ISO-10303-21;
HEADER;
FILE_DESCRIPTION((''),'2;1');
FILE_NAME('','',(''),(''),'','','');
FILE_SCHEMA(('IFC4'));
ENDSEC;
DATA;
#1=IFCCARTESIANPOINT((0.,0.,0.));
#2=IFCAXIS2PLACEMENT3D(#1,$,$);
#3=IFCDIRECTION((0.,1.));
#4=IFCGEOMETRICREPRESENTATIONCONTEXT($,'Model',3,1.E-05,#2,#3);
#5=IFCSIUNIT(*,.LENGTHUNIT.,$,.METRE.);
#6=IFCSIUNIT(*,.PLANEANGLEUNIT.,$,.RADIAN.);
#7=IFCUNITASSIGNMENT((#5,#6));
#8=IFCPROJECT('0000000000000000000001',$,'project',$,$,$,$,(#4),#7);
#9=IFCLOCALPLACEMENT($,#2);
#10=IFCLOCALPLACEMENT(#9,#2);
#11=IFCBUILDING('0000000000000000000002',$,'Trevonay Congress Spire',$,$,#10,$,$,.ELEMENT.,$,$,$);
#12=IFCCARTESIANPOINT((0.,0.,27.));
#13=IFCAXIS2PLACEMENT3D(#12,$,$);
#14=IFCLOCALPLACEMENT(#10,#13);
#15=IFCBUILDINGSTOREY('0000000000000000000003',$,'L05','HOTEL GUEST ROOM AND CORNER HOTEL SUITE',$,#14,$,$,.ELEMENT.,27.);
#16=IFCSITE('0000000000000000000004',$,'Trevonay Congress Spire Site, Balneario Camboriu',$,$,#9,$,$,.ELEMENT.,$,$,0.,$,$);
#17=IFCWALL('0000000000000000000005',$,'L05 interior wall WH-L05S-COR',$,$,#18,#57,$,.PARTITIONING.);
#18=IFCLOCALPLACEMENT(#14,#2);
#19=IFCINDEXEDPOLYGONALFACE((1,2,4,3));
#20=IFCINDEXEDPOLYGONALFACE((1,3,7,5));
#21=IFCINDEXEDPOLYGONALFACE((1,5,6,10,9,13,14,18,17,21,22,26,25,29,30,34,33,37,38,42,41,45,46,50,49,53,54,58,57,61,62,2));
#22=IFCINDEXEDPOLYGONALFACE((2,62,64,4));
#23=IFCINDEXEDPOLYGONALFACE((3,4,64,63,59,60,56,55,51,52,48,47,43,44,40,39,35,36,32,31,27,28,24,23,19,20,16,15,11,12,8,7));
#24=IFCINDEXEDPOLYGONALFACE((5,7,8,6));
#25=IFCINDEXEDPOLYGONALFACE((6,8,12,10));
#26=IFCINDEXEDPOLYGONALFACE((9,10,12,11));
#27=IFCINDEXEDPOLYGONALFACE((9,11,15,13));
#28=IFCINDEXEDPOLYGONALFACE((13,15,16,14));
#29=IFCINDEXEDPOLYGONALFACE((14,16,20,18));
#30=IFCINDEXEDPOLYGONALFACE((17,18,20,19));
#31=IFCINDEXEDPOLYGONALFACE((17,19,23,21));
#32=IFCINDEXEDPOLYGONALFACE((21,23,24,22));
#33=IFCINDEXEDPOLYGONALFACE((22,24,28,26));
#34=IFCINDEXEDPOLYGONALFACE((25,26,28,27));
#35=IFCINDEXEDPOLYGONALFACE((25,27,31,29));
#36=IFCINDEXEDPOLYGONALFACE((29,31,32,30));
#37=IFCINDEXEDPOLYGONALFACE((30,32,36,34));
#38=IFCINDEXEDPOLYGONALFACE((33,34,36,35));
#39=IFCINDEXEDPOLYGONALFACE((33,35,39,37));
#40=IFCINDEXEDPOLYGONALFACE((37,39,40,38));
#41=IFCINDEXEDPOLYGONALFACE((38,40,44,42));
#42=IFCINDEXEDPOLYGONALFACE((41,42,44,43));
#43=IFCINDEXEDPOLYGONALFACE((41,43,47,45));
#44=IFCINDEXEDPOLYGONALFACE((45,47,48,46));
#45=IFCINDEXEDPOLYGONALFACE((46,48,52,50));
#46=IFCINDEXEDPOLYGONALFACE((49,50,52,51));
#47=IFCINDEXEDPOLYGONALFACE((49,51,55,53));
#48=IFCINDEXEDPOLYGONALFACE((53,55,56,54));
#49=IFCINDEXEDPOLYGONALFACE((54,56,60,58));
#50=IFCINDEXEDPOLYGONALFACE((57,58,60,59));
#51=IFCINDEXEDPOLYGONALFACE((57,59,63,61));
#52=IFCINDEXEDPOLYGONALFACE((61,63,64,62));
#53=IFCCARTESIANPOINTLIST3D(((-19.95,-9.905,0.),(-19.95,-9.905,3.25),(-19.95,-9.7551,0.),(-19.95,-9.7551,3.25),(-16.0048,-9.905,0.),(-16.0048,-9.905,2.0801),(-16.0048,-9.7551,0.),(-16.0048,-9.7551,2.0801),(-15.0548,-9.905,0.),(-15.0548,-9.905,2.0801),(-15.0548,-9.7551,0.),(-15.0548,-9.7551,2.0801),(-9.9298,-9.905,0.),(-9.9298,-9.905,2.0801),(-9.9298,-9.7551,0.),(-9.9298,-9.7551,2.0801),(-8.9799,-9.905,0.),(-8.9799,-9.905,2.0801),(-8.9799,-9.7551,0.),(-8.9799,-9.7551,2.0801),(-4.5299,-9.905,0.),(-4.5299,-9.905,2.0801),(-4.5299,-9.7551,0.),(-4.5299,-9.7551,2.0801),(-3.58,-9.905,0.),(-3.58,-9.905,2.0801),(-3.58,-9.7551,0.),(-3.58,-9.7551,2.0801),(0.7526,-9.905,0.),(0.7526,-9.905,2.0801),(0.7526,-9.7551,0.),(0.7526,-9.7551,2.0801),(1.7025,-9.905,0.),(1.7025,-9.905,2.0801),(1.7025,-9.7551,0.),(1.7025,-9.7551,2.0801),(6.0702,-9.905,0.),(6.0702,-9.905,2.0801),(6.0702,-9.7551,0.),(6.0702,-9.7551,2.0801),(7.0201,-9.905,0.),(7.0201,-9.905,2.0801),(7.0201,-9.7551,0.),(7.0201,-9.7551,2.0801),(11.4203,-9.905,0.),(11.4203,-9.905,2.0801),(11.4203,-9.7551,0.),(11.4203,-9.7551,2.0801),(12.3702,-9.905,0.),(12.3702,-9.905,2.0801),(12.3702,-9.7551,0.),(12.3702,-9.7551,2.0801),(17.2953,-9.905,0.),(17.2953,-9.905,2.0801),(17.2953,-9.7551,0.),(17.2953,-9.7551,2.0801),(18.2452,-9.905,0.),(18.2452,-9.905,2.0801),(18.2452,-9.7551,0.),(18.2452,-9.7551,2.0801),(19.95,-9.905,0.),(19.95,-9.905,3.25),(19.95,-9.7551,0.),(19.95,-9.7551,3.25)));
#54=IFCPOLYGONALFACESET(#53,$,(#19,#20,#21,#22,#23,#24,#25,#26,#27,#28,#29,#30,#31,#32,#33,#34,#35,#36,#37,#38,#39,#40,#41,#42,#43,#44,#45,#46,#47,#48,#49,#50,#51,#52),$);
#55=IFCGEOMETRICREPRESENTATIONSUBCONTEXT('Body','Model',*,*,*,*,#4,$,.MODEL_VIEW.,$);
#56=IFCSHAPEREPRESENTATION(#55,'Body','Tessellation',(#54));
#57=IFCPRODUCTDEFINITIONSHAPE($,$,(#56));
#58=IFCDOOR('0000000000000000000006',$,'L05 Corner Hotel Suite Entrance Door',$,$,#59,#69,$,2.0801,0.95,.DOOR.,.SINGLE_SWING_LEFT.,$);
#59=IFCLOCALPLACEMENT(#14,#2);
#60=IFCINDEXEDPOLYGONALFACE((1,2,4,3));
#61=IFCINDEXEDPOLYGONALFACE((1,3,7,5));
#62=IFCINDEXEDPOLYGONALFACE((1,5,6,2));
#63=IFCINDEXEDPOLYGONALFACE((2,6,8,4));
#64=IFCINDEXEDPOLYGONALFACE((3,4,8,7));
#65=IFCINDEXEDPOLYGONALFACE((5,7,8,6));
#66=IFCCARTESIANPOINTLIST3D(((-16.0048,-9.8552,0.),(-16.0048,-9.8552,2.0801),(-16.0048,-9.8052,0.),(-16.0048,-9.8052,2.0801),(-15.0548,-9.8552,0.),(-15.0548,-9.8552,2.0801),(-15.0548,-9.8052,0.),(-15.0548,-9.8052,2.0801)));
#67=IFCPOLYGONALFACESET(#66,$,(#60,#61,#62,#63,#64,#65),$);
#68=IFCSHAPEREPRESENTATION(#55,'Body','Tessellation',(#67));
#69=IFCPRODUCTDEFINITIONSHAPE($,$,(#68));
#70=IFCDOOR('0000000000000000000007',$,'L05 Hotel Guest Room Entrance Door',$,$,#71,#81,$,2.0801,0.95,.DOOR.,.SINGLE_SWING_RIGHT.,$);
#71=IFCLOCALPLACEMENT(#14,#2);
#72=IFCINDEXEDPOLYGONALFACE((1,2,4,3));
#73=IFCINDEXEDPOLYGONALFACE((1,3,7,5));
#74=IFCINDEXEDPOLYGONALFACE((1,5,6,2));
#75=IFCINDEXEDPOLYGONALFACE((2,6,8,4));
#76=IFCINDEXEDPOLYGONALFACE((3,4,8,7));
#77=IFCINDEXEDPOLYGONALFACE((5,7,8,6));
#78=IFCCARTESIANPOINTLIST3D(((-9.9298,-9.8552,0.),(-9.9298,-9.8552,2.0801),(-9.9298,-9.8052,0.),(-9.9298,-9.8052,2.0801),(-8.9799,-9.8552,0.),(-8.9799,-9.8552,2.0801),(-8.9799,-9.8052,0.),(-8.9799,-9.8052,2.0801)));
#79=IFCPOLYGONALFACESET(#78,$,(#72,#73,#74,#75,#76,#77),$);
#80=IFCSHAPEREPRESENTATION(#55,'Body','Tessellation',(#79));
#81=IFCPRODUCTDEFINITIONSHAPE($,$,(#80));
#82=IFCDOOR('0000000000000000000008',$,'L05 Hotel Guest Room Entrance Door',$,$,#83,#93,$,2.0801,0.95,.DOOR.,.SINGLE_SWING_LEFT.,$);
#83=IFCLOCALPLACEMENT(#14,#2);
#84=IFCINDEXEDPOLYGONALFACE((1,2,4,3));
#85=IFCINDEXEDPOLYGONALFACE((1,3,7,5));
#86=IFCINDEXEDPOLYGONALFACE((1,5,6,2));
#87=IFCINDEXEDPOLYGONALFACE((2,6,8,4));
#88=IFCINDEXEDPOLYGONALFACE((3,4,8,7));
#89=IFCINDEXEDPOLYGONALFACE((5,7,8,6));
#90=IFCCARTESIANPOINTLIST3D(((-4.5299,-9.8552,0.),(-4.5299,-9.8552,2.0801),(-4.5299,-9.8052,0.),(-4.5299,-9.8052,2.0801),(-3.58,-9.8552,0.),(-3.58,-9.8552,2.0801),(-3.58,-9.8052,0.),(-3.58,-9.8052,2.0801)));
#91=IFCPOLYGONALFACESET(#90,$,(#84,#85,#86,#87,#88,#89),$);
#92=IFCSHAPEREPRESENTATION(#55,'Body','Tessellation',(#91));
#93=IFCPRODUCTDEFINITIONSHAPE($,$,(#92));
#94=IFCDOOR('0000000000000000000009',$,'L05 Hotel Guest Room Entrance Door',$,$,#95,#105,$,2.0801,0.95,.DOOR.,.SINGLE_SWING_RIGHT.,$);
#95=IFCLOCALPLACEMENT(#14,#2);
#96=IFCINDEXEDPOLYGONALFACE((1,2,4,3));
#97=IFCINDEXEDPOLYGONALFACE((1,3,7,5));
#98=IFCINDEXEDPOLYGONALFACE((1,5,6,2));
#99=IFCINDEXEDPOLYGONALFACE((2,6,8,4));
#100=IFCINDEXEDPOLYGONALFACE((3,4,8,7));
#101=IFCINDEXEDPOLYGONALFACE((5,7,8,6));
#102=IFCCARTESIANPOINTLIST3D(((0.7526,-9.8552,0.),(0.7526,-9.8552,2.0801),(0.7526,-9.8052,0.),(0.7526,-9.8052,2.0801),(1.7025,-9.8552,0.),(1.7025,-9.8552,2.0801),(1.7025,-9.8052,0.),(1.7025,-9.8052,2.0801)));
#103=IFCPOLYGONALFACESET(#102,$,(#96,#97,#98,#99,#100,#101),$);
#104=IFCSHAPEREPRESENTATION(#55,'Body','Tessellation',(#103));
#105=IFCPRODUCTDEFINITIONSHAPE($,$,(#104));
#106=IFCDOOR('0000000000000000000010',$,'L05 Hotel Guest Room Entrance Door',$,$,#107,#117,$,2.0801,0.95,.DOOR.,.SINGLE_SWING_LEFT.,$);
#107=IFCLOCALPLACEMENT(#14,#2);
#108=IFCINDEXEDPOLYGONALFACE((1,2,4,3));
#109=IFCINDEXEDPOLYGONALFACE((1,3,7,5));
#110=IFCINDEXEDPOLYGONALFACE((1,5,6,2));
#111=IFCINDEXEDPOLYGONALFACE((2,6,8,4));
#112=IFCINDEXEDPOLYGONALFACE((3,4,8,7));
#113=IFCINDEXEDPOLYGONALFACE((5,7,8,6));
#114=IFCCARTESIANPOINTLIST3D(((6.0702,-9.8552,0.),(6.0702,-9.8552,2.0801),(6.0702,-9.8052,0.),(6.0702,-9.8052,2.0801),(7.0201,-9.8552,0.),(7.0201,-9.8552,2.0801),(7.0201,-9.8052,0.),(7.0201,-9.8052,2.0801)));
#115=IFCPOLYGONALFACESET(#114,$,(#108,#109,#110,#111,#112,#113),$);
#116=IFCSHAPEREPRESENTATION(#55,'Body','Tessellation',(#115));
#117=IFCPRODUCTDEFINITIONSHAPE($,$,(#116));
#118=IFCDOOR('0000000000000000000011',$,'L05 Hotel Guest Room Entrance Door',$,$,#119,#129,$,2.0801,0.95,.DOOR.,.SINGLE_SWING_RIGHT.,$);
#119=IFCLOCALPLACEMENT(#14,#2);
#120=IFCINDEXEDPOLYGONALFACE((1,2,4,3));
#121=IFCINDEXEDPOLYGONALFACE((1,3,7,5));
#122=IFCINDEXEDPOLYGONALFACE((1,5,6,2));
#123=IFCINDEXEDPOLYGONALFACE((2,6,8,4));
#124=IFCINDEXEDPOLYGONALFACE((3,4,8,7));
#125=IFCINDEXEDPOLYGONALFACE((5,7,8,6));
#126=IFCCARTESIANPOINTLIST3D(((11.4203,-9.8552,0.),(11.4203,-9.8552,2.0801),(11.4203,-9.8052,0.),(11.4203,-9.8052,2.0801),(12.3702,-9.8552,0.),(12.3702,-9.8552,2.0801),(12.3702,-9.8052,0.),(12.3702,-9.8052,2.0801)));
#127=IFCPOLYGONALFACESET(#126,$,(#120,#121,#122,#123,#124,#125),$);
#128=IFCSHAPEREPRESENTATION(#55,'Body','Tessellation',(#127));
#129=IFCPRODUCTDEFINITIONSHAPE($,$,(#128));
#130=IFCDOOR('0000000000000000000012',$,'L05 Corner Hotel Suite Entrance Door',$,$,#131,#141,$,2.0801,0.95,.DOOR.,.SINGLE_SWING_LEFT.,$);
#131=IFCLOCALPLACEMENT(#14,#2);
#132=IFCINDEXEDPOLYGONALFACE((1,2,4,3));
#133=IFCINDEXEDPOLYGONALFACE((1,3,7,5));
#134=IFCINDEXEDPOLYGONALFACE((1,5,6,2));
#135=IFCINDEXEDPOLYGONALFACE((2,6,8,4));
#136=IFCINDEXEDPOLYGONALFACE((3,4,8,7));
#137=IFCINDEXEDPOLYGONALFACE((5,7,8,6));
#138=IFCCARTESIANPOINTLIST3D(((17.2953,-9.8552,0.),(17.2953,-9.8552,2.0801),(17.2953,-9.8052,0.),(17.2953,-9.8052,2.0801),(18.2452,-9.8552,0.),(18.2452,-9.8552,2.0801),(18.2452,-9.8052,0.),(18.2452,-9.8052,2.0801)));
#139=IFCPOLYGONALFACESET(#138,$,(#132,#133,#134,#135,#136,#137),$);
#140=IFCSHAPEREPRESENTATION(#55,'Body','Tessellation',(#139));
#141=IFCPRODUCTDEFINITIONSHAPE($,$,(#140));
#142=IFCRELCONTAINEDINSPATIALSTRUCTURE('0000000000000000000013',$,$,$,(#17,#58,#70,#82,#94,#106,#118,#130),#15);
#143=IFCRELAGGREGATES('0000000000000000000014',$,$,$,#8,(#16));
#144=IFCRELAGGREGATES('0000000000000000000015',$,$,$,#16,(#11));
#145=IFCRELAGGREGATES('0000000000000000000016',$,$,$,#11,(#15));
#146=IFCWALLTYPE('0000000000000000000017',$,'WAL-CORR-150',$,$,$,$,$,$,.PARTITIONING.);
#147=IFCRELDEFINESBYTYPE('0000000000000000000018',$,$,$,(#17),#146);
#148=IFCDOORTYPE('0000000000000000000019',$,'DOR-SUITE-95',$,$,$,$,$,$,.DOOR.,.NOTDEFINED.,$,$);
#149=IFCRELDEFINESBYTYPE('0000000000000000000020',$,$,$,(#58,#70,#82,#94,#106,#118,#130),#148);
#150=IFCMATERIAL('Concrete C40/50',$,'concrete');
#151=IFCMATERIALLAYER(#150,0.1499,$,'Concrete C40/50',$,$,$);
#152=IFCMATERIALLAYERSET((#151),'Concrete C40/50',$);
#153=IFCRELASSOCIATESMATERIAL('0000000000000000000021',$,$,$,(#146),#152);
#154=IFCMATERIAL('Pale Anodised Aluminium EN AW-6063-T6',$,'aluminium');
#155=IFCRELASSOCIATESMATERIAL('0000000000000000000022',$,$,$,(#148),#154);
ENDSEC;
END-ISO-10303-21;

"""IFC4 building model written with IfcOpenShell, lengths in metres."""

from ifc_helpers import new_model, si_unit, direction, frame, frame_2d, origin, place, context, subcontext, project, spatial, rectangle, extrude, material, layer, layer_set, type_object, element, fill, save


model = new_model("IFC4")

# Units and contexts
model_context = context("Model", 3, precision=1e-05, world=origin(), true_north=direction((0.0, 1.0)))
body_context = subcontext(model_context, "Body", "Model", "MODEL_VIEW")
ifc_project = project(units=[si_unit("LENGTHUNIT", "METRE"), si_unit("PLANEANGLEUNIT", "RADIAN")], contexts=[model_context])

# Site, building, storey
site_placement = place(None, origin())
site = spatial("IfcSite", under=ifc_project, at=site_placement, Name="Trevonay Congress Spire Site, Balneario Camboriu", CompositionType="ELEMENT", RefElevation=0.0)
building_placement = place(site_placement, origin())
building = spatial("IfcBuilding", under=site, at=building_placement, Name="Trevonay Congress Spire", CompositionType="ELEMENT")
storey_placement = place(building_placement, frame((0.0, 0.0, 27.0)))
storey = spatial("IfcBuildingStorey", under=building, at=storey_placement, Name="L05", Description="HOTEL GUEST ROOM AND CORNER HOTEL SUITE", CompositionType="ELEMENT", Elevation=27.0)

# Shared definitions
ifc_material_1 = material(Name="Concrete C40/50", Category="concrete")
ifc_material_2 = material(Name="Pale Anodised Aluminium EN AW-6063-T6", Category="aluminium")

# Wall, openings, doors
ifc_layer_1 = layer(ifc_material_1, 0.1499, Name="Concrete C40/50")
ifc_layer_set_1 = layer_set([ifc_layer_1], Name="Concrete C40/50")
wall_type_1 = type_object("IfcWallType", Name="WAL-CORR-150", PredefinedType="PARTITIONING", material=ifc_layer_set_1)
wall_1_placement = place(storey_placement, frame((-19.95, -9.8301, 0.0), z_axis=(0.0, 0.0, 1.0), x_axis=(1.0, 0.0, 0.0)))
wall_1 = element("IfcWall", 1, at=wall_1_placement, inside=storey, type_object=wall_type_1, Name="L05 interior wall WH-L05S-COR", PredefinedType="PARTITIONING", context=body_context, shape_type="SweptSolid", body=[
    extrude(rectangle(XDim=39.8999, YDim=0.1499, at=frame_2d((19.95, 0.0))), origin(), (0.0, 0.0, 1.0), 3.25),
])
opening_1_placement = place(wall_1_placement, frame((3.9451, 0.0, 0.0)))
opening_1 = element("IfcOpeningElement", 2, at=opening_1_placement, cuts=wall_1, PredefinedType="OPENING", context=body_context, shape_type="SweptSolid", body=[
    extrude(rectangle(XDim=0.95, YDim=2.0801, at=frame_2d((0.4751, 1.04))), frame((0.0, 0.085, 0.0), z_axis=(0.0, -1.0, 0.0), x_axis=(1.0, 0.0, 0.0)), (0.0, 0.0, 1.0), 0.1699),
])
opening_2_placement = place(wall_1_placement, frame((10.02, 0.0, 0.0)))
opening_2 = element("IfcOpeningElement", 3, at=opening_2_placement, cuts=wall_1, PredefinedType="OPENING", context=body_context, shape_type="SweptSolid", body=[
    extrude(rectangle(XDim=0.95, YDim=2.0801, at=frame_2d((0.4751, 1.04))), frame((0.0, 0.085, 0.0), z_axis=(0.0, -1.0, 0.0), x_axis=(1.0, 0.0, 0.0)), (0.0, 0.0, 1.0), 0.1699),
])
opening_3_placement = place(wall_1_placement, frame((15.4199, 0.0, 0.0)))
opening_3 = element("IfcOpeningElement", 4, at=opening_3_placement, cuts=wall_1, PredefinedType="OPENING", context=body_context, shape_type="SweptSolid", body=[
    extrude(rectangle(XDim=0.95, YDim=2.0801, at=frame_2d((0.4751, 1.04))), frame((0.0, 0.085, 0.0), z_axis=(0.0, -1.0, 0.0), x_axis=(1.0, 0.0, 0.0)), (0.0, 0.0, 1.0), 0.1699),
])
opening_4_placement = place(wall_1_placement, frame((20.7024, 0.0, 0.0)))
opening_4 = element("IfcOpeningElement", 5, at=opening_4_placement, cuts=wall_1, PredefinedType="OPENING", context=body_context, shape_type="SweptSolid", body=[
    extrude(rectangle(XDim=0.95, YDim=2.0801, at=frame_2d((0.4751, 1.04))), frame((0.0, 0.085, 0.0), z_axis=(0.0, -1.0, 0.0), x_axis=(1.0, 0.0, 0.0)), (0.0, 0.0, 1.0), 0.1699),
])
opening_5_placement = place(wall_1_placement, frame((26.02, 0.0, 0.0)))
opening_5 = element("IfcOpeningElement", 6, at=opening_5_placement, cuts=wall_1, PredefinedType="OPENING", context=body_context, shape_type="SweptSolid", body=[
    extrude(rectangle(XDim=0.95, YDim=2.0801, at=frame_2d((0.4751, 1.04))), frame((0.0, 0.085, 0.0), z_axis=(0.0, -1.0, 0.0), x_axis=(1.0, 0.0, 0.0)), (0.0, 0.0, 1.0), 0.1699),
])
opening_6_placement = place(wall_1_placement, frame((31.3701, 0.0, 0.0)))
opening_6 = element("IfcOpeningElement", 7, at=opening_6_placement, cuts=wall_1, PredefinedType="OPENING", context=body_context, shape_type="SweptSolid", body=[
    extrude(rectangle(XDim=0.95, YDim=2.0801, at=frame_2d((0.4751, 1.04))), frame((0.0, 0.085, 0.0), z_axis=(0.0, -1.0, 0.0), x_axis=(1.0, 0.0, 0.0)), (0.0, 0.0, 1.0), 0.1699),
])
opening_7_placement = place(wall_1_placement, frame((37.2451, 0.0, 0.0)))
opening_7 = element("IfcOpeningElement", 8, at=opening_7_placement, cuts=wall_1, PredefinedType="OPENING", context=body_context, shape_type="SweptSolid", body=[
    extrude(rectangle(XDim=0.95, YDim=2.0801, at=frame_2d((0.4751, 1.04))), frame((0.0, 0.085, 0.0), z_axis=(0.0, -1.0, 0.0), x_axis=(1.0, 0.0, 0.0)), (0.0, 0.0, 1.0), 0.1699),
])
door_type_1 = type_object("IfcDoorType", Name="DOR-SUITE-95", OperationType="NOTDEFINED", PredefinedType="DOOR", material=ifc_material_2)
door_1_placement = place(opening_1_placement, origin())
door_1 = element("IfcDoor", 9, at=door_1_placement, inside=storey, type_object=door_type_1, Name="L05 Corner Hotel Suite Entrance Door", OperationType="SINGLE_SWING_LEFT", OverallHeight=2.0801, OverallWidth=0.95, PredefinedType="DOOR", context=body_context, shape_type="SweptSolid", body=[
    extrude(rectangle(XDim=0.95, YDim=2.0801, at=frame_2d((0.4751, 1.04))), frame((0.0, 0.0249, 0.0), z_axis=(0.0, -1.0, 0.0), x_axis=(1.0, 0.0, 0.0)), (0.0, 0.0, 1.0), 0.05),
])
fill(opening_1, door_1)
door_2_placement = place(opening_2_placement, origin())
door_2 = element("IfcDoor", 10, at=door_2_placement, inside=storey, type_object=door_type_1, Name="L05 Hotel Guest Room Entrance Door", OperationType="SINGLE_SWING_RIGHT", OverallHeight=2.0801, OverallWidth=0.95, PredefinedType="DOOR", context=body_context, shape_type="SweptSolid", body=[
    extrude(rectangle(XDim=0.95, YDim=2.0801, at=frame_2d((0.4751, 1.04))), frame((0.0, 0.0249, 0.0), z_axis=(0.0, -1.0, 0.0), x_axis=(1.0, 0.0, 0.0)), (0.0, 0.0, 1.0), 0.05),
])
fill(opening_2, door_2)
door_3_placement = place(opening_3_placement, origin())
door_3 = element("IfcDoor", 11, at=door_3_placement, inside=storey, type_object=door_type_1, Name="L05 Hotel Guest Room Entrance Door", OperationType="SINGLE_SWING_LEFT", OverallHeight=2.0801, OverallWidth=0.95, PredefinedType="DOOR", context=body_context, shape_type="SweptSolid", body=[
    extrude(rectangle(XDim=0.95, YDim=2.0801, at=frame_2d((0.4751, 1.04))), frame((0.0, 0.0249, 0.0), z_axis=(0.0, -1.0, 0.0), x_axis=(1.0, 0.0, 0.0)), (0.0, 0.0, 1.0), 0.05),
])
fill(opening_3, door_3)
door_4_placement = place(opening_4_placement, origin())
door_4 = element("IfcDoor", 12, at=door_4_placement, inside=storey, type_object=door_type_1, Name="L05 Hotel Guest Room Entrance Door", OperationType="SINGLE_SWING_RIGHT", OverallHeight=2.0801, OverallWidth=0.95, PredefinedType="DOOR", context=body_context, shape_type="SweptSolid", body=[
    extrude(rectangle(XDim=0.95, YDim=2.0801, at=frame_2d((0.4751, 1.04))), frame((0.0, 0.0249, 0.0), z_axis=(0.0, -1.0, 0.0), x_axis=(1.0, 0.0, 0.0)), (0.0, 0.0, 1.0), 0.05),
])
fill(opening_4, door_4)
door_5_placement = place(opening_5_placement, origin())
door_5 = element("IfcDoor", 13, at=door_5_placement, inside=storey, type_object=door_type_1, Name="L05 Hotel Guest Room Entrance Door", OperationType="SINGLE_SWING_LEFT", OverallHeight=2.0801, OverallWidth=0.95, PredefinedType="DOOR", context=body_context, shape_type="SweptSolid", body=[
    extrude(rectangle(XDim=0.95, YDim=2.0801, at=frame_2d((0.4751, 1.04))), frame((0.0, 0.0249, 0.0), z_axis=(0.0, -1.0, 0.0), x_axis=(1.0, 0.0, 0.0)), (0.0, 0.0, 1.0), 0.05),
])
fill(opening_5, door_5)
door_6_placement = place(opening_6_placement, origin())
door_6 = element("IfcDoor", 14, at=door_6_placement, inside=storey, type_object=door_type_1, Name="L05 Hotel Guest Room Entrance Door", OperationType="SINGLE_SWING_RIGHT", OverallHeight=2.0801, OverallWidth=0.95, PredefinedType="DOOR", context=body_context, shape_type="SweptSolid", body=[
    extrude(rectangle(XDim=0.95, YDim=2.0801, at=frame_2d((0.4751, 1.04))), frame((0.0, 0.0249, 0.0), z_axis=(0.0, -1.0, 0.0), x_axis=(1.0, 0.0, 0.0)), (0.0, 0.0, 1.0), 0.05),
])
fill(opening_6, door_6)
door_7_placement = place(opening_7_placement, origin())
door_7 = element("IfcDoor", 15, at=door_7_placement, inside=storey, type_object=door_type_1, Name="L05 Corner Hotel Suite Entrance Door", OperationType="SINGLE_SWING_LEFT", OverallHeight=2.0801, OverallWidth=0.95, PredefinedType="DOOR", context=body_context, shape_type="SweptSolid", body=[
    extrude(rectangle(XDim=0.95, YDim=2.0801, at=frame_2d((0.4751, 1.04))), frame((0.0, 0.0249, 0.0), z_axis=(0.0, -1.0, 0.0), x_axis=(1.0, 0.0, 0.0)), (0.0, 0.0, 1.0), 0.05),
])
fill(opening_7, door_7)

save(model, "model.ifc")
